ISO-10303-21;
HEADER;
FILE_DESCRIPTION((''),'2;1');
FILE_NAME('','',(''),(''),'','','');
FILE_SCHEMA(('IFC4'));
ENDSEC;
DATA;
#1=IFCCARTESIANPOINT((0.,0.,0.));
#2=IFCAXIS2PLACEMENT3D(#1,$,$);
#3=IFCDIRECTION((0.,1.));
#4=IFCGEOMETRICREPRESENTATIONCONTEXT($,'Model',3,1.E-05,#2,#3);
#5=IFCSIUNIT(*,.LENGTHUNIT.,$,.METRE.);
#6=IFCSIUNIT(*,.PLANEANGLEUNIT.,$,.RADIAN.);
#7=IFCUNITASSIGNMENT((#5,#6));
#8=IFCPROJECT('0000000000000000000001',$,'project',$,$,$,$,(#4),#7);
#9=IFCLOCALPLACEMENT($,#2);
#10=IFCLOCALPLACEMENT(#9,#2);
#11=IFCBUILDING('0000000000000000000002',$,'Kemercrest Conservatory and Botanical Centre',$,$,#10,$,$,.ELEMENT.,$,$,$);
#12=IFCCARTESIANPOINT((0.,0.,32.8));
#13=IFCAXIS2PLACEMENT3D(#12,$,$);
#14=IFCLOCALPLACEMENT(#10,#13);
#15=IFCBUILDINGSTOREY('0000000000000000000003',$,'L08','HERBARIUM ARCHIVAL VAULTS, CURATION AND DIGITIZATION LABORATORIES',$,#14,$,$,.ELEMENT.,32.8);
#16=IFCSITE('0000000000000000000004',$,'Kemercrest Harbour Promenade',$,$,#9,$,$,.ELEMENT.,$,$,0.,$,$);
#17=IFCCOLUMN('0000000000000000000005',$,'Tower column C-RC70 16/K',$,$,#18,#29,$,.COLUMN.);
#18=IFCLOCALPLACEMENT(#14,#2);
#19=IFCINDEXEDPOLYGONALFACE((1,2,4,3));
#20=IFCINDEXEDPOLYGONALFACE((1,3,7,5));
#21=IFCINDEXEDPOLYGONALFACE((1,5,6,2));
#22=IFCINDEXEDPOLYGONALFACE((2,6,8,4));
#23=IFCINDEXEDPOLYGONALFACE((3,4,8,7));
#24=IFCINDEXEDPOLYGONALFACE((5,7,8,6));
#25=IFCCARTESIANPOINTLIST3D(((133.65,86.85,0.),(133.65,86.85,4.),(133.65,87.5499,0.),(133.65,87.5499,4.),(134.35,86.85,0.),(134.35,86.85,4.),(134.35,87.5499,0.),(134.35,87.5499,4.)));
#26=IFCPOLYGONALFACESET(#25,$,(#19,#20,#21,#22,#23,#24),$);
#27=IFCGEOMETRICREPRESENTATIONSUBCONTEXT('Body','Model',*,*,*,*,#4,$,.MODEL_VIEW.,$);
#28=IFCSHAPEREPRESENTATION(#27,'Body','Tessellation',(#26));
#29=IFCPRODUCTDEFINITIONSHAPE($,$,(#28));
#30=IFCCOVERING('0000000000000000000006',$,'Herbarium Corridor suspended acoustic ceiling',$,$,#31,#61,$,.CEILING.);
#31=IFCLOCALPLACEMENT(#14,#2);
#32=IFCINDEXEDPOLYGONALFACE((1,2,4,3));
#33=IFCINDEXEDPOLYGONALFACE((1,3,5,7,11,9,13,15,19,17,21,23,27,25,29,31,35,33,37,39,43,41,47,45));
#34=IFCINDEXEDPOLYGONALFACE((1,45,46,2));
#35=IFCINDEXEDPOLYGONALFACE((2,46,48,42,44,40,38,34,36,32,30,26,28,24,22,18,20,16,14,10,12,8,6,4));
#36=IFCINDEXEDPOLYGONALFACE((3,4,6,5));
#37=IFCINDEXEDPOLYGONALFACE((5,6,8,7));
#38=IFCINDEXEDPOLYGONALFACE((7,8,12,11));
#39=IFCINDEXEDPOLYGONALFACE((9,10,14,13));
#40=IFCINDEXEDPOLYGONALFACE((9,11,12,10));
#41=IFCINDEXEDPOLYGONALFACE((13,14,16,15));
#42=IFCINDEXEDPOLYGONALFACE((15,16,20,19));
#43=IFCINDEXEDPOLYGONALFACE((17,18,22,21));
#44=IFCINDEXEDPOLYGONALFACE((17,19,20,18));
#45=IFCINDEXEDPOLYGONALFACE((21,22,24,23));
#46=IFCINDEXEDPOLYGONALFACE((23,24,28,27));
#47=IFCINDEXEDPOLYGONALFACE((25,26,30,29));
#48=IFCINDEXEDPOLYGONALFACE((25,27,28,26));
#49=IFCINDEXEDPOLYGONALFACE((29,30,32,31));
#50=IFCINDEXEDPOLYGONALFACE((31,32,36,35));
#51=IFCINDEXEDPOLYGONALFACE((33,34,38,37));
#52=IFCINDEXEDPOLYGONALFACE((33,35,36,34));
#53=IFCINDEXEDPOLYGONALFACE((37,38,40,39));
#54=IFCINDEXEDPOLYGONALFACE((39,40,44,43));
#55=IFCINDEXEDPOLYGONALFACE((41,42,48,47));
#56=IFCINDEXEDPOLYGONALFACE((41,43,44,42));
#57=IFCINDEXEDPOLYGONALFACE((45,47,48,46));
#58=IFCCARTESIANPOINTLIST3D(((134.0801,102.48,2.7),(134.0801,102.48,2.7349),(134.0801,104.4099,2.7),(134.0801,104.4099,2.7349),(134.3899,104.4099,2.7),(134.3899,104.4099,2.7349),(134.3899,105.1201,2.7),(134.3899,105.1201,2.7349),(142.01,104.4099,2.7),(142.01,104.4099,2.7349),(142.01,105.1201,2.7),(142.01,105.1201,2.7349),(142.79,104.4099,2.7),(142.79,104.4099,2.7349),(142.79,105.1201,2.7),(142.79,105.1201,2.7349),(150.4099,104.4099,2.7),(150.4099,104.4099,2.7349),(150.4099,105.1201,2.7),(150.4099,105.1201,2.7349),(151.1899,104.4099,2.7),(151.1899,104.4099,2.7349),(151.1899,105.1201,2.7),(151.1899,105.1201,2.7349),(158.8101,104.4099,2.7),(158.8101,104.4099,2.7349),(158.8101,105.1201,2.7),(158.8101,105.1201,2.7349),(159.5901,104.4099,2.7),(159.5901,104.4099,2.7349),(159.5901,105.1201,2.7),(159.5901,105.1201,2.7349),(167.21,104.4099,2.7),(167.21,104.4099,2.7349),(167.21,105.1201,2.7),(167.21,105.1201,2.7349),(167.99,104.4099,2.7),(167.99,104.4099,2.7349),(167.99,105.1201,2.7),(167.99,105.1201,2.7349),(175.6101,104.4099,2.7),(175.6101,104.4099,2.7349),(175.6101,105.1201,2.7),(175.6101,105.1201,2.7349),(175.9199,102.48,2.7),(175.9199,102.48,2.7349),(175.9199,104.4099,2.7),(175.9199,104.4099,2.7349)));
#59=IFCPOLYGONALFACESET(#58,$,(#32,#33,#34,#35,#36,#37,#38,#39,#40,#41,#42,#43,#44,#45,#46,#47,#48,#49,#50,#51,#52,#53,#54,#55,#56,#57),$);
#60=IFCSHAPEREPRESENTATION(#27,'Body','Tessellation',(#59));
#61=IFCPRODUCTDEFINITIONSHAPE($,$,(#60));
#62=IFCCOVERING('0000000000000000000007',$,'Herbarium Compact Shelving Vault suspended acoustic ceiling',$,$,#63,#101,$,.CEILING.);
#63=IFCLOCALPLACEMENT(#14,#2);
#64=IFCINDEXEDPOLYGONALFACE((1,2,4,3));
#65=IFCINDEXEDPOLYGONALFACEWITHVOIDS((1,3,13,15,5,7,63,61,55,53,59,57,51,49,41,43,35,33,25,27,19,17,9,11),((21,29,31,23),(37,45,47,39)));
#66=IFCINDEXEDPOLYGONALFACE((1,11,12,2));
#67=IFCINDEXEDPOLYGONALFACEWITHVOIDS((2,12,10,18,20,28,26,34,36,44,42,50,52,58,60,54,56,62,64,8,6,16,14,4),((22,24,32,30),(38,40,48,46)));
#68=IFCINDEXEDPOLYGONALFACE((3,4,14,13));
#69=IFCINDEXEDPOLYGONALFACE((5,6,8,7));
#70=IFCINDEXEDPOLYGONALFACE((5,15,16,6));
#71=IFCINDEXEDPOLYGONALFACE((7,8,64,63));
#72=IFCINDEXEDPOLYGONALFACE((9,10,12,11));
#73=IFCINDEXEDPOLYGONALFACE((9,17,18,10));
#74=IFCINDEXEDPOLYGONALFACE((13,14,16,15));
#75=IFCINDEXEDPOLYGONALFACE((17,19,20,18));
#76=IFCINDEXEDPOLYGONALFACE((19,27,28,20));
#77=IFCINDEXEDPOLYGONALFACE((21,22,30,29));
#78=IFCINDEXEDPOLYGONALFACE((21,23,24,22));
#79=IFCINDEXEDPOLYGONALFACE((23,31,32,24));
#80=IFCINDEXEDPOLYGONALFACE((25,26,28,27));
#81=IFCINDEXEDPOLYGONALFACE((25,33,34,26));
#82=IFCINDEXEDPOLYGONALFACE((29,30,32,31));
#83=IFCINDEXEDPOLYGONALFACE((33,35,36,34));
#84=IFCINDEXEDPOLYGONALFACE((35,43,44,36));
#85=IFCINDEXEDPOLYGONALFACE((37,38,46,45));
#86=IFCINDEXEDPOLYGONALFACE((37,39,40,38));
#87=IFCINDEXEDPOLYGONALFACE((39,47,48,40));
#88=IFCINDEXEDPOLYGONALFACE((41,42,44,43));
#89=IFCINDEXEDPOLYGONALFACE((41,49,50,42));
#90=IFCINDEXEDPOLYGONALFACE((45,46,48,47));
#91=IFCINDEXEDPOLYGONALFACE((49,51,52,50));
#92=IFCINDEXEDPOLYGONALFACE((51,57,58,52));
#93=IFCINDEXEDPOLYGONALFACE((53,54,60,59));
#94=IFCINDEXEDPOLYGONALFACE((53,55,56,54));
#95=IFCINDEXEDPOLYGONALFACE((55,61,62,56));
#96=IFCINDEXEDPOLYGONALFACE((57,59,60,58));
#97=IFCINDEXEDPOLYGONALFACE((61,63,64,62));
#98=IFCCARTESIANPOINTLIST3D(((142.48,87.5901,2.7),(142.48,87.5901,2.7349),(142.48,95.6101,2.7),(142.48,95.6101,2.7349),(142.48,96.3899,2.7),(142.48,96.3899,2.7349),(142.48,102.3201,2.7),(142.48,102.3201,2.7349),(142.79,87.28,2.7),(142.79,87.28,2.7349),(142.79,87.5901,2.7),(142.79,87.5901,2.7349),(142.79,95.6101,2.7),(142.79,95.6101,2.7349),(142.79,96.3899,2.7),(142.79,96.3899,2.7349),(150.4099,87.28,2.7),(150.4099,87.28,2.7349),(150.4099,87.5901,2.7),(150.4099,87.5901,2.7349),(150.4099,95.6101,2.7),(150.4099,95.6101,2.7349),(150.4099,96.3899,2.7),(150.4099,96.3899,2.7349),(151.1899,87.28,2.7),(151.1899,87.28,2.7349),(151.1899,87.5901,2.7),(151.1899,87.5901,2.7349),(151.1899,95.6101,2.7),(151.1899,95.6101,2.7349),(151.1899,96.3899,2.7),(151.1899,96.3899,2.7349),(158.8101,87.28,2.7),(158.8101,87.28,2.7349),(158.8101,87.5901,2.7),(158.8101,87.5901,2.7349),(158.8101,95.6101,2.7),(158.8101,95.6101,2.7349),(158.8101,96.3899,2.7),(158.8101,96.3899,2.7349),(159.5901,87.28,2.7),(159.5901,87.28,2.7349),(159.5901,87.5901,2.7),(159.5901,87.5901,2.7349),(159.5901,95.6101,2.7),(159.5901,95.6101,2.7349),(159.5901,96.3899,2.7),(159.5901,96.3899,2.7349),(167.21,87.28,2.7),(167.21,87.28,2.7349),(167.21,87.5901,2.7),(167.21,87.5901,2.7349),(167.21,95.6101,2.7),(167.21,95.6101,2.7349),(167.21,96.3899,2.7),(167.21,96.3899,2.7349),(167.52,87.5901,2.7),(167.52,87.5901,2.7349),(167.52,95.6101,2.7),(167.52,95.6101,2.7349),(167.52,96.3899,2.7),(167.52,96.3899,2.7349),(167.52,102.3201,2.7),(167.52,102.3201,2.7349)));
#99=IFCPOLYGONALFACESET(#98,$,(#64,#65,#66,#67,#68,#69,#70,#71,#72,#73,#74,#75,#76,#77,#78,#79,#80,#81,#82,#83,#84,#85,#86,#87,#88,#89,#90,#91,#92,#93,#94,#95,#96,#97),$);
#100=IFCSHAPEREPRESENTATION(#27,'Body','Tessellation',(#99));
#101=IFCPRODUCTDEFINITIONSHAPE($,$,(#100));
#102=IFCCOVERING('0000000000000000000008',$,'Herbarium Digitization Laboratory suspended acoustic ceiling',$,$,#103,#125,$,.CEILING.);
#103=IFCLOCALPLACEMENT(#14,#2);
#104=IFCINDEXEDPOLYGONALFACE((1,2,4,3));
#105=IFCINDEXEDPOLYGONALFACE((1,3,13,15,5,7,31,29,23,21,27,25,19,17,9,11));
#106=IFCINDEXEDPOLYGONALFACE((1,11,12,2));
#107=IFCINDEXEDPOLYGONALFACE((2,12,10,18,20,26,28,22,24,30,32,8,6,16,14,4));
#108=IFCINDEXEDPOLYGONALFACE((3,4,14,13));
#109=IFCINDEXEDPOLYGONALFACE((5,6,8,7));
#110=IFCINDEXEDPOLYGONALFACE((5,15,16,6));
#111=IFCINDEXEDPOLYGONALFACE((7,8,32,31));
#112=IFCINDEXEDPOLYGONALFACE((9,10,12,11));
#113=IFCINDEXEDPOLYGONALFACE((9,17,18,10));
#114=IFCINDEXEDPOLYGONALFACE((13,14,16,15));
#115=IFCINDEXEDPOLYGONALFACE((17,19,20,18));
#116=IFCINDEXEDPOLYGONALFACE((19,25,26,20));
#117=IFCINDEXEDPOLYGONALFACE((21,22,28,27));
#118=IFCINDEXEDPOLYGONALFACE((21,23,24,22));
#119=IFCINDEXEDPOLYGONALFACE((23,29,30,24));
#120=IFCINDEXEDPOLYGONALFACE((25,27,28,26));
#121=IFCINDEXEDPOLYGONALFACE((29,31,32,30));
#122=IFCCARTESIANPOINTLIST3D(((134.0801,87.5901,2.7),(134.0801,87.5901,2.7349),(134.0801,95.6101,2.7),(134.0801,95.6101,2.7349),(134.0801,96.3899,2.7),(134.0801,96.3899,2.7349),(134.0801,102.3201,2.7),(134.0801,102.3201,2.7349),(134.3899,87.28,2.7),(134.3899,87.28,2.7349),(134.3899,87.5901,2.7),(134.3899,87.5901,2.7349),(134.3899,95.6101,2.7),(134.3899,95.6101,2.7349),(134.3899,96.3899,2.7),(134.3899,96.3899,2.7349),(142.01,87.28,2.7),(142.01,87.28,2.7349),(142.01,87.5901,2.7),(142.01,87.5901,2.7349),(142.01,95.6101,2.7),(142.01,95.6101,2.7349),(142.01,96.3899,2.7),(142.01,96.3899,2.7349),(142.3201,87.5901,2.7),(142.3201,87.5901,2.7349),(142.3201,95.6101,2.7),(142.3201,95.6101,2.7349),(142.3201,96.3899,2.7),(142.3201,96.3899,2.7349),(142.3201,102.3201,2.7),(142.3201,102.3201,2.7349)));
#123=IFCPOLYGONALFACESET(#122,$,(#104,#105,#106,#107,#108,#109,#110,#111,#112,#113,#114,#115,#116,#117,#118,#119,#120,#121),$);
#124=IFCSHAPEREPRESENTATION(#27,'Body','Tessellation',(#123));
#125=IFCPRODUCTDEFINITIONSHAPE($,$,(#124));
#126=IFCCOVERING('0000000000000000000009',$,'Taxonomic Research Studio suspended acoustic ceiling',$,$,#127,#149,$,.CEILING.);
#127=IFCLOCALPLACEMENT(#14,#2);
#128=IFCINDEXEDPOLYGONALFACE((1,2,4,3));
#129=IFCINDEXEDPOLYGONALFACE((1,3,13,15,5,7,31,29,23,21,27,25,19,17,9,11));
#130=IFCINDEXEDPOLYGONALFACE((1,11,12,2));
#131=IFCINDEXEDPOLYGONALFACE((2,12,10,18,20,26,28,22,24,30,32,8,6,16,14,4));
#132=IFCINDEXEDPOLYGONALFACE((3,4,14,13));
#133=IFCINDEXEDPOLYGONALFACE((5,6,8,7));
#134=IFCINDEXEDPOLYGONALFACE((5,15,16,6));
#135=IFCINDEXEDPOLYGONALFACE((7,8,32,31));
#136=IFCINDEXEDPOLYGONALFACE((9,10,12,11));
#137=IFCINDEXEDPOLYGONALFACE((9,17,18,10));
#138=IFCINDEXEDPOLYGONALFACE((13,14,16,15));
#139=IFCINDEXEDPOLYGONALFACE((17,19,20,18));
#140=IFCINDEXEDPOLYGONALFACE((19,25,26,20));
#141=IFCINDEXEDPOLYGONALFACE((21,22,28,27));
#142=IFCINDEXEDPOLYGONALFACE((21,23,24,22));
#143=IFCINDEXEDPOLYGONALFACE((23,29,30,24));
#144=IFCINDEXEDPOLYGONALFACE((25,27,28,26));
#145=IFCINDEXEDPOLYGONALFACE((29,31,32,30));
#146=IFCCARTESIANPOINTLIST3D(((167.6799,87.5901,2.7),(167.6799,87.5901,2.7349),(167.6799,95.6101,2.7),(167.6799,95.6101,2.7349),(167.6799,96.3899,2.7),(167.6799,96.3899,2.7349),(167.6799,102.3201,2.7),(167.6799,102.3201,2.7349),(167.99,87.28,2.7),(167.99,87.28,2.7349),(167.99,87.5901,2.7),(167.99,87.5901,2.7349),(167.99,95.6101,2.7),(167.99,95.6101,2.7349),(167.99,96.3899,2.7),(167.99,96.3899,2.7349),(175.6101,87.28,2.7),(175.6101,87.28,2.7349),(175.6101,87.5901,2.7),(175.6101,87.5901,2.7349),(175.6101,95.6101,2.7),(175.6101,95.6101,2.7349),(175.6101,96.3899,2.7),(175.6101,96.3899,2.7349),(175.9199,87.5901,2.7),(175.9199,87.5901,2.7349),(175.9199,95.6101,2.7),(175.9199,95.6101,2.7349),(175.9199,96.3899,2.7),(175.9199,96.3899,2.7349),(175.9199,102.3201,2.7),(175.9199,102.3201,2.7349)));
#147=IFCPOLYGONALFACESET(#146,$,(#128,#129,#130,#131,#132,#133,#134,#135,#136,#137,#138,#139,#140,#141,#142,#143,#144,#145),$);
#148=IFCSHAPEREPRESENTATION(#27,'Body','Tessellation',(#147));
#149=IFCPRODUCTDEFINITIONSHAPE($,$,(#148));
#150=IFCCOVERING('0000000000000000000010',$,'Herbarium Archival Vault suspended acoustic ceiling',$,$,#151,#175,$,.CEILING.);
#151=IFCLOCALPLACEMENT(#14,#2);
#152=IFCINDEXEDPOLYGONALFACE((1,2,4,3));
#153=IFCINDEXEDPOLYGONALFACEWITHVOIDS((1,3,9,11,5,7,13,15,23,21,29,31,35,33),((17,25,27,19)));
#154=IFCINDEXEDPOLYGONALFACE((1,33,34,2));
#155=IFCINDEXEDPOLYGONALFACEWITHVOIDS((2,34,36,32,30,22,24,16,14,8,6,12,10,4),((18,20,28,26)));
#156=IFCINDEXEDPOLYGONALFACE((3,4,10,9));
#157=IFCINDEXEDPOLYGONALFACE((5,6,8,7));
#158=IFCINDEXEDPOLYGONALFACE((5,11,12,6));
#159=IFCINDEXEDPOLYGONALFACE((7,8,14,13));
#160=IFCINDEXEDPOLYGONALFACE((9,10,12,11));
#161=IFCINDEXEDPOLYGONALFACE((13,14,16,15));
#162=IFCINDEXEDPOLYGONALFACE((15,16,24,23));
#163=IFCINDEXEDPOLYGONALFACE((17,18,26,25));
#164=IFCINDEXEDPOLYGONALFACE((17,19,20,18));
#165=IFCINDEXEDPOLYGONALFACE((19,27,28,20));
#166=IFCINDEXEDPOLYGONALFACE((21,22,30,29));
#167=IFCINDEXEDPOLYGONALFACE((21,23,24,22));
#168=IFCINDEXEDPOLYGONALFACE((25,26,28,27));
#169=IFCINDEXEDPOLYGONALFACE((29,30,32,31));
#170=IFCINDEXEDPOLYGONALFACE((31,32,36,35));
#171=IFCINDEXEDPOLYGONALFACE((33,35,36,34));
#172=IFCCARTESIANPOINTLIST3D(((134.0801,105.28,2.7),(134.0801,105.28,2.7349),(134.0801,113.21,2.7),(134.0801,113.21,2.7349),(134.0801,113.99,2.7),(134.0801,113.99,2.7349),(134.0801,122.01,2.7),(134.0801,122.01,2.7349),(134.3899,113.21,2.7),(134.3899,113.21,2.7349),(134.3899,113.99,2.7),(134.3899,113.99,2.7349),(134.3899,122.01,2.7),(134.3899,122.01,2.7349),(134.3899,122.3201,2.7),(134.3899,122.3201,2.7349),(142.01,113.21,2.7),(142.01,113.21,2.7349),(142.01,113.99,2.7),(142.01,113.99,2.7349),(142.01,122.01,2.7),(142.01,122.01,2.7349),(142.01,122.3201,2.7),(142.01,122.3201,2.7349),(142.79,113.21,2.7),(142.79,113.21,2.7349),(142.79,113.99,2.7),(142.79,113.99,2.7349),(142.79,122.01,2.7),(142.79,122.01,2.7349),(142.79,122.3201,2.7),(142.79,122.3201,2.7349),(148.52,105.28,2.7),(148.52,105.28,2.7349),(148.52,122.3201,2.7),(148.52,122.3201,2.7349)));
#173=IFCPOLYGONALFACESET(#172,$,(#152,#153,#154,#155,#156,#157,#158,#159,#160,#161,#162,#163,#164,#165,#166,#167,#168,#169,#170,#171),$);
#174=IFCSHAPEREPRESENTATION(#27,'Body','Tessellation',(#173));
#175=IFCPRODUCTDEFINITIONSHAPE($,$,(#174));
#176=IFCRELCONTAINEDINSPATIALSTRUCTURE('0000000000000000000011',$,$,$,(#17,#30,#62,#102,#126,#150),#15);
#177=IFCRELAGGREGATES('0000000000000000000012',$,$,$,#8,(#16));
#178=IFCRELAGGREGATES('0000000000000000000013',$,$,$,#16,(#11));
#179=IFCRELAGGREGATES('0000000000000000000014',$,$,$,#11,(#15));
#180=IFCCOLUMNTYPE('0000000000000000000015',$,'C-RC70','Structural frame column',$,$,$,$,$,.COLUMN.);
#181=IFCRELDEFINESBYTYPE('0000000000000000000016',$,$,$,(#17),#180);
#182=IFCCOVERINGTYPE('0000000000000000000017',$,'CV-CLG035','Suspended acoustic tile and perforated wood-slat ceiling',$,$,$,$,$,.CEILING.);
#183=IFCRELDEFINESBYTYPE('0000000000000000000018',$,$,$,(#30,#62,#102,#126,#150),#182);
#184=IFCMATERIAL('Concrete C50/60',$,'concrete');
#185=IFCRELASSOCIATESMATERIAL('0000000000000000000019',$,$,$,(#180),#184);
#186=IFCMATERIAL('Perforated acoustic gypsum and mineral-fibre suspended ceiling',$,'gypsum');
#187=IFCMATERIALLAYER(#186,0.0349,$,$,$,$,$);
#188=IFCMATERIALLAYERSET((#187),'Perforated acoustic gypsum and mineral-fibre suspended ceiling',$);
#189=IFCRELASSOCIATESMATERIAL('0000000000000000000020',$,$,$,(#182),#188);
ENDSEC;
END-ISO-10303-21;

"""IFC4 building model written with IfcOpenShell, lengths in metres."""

from ifc_helpers import new_model, si_unit, direction, frame, origin, origin_2d, place, context, subcontext, project, spatial, polyline, rectangle, outline, extrude, material, layer, layer_set, material_profile, profile_set, type_object, element, save


model = new_model("IFC4")

# Units and contexts
model_context = context("Model", 3, precision=1e-05, world=origin(), true_north=direction((0.0, 1.0)))
body_context = subcontext(model_context, "Body", "Model", "MODEL_VIEW")
ifc_project = project(units=[si_unit("LENGTHUNIT", "METRE"), si_unit("PLANEANGLEUNIT", "RADIAN")], contexts=[model_context])

# Site, building, storey
site_placement = place(None, origin())
site = spatial("IfcSite", under=ifc_project, at=site_placement, Name="Kemercrest Harbour Promenade", CompositionType="ELEMENT", RefElevation=0.0)
building_placement = place(site_placement, origin())
building = spatial("IfcBuilding", under=site, at=building_placement, Name="Kemercrest Conservatory and Botanical Centre", CompositionType="ELEMENT")
storey_placement = place(building_placement, frame((0.0, 0.0, 32.8)))
storey = spatial("IfcBuildingStorey", under=building, at=storey_placement, Name="L08", Description="HERBARIUM ARCHIVAL VAULTS, CURATION AND DIGITIZATION LABORATORIES", CompositionType="ELEMENT", Elevation=32.8)

# Column
ifc_material_1 = material(Name="Concrete C50/60", Category="concrete")
ifc_material_profile = material_profile(ifc_material_1, rectangle(XDim=0.7, YDim=0.7, at=origin_2d()), Name="RC 700x700")
ifc_profile_set = profile_set([ifc_material_profile], Name="Concrete C50/60")
column_type = type_object("IfcColumnType", Name="C-RC70", Description="Structural frame column", PredefinedType="COLUMN", material=ifc_profile_set)
column_placement = place(storey_placement, frame((134.0, 87.2, 0.0), z_axis=(0.0, 0.0, 1.0), x_axis=(1.0, 0.0, 0.0)))
element("IfcColumn", 1, at=column_placement, inside=storey, type_object=column_type, Name="Tower column C-RC70 16/K", PredefinedType="COLUMN", context=body_context, shape_type="SweptSolid", body=[
    extrude(rectangle(XDim=0.7, YDim=0.7, at=origin_2d()), origin(), (0.0, 0.0, 1.0), 4.0),
])

# Coverings
ifc_material_2 = material(Name="Perforated acoustic gypsum and mineral-fibre suspended ceiling", Category="gypsum")
ifc_layer_1 = layer(ifc_material_2, 0.0349)
ifc_layer_set_1 = layer_set([ifc_layer_1], Name="Perforated acoustic gypsum and mineral-fibre suspended ceiling")
covering_type_1 = type_object("IfcCoveringType", Name="CV-CLG035", Description="Suspended acoustic tile and perforated wood-slat ceiling", PredefinedType="CEILING", material=ifc_layer_set_1)
covering_1_placement = place(storey_placement, frame((0.0, 0.0, 2.7)))
element("IfcCovering", 2, at=covering_1_placement, inside=storey, type_object=covering_type_1, Name="Herbarium Corridor suspended acoustic ceiling", PredefinedType="CEILING", context=body_context, shape_type="SweptSolid", body=[
    extrude(outline(polyline([(134.0801, 102.48), (175.9199, 102.48), (175.9199, 104.4099), (175.6101, 104.4099), (175.6101, 105.1201), (167.99, 105.1201), (167.99, 104.4099), (167.21, 104.4099), (167.21, 105.1201), (159.5901, 105.1201), (159.5901, 104.4099), (158.8101, 104.4099), (158.8101, 105.1201), (151.1899, 105.1201), (151.1899, 104.4099), (150.4099, 104.4099), (150.4099, 105.1201), (142.79, 105.1201), (142.79, 104.4099), (142.01, 104.4099), (142.01, 105.1201), (134.3899, 105.1201), (134.3899, 104.4099), (134.0801, 104.4099), (134.0801, 102.48)])), origin(), (0.0, 0.0, 1.0), 0.0349),
])
covering_2_placement = place(storey_placement, frame((0.0, 0.0, 2.7)))
element("IfcCovering", 3, at=covering_2_placement, inside=storey, type_object=covering_type_1, Name="Herbarium Compact Shelving Vault suspended acoustic ceiling", PredefinedType="CEILING", context=body_context, shape_type="SweptSolid", body=[
    extrude(outline(polyline([(158.8101, 87.5901), (159.5901, 87.5901), (159.5901, 87.28), (167.21, 87.28), (167.21, 87.5901), (167.52, 87.5901), (167.52, 95.6101), (167.21, 95.6101), (167.21, 96.3899), (167.52, 96.3899), (167.52, 102.3201), (142.48, 102.3201), (142.48, 96.3899), (142.79, 96.3899), (142.79, 95.6101), (142.48, 95.6101), (142.48, 87.5901), (142.79, 87.5901), (142.79, 87.28), (150.4099, 87.28), (150.4099, 87.5901), (151.1899, 87.5901), (151.1899, 87.28), (158.8101, 87.28), (158.8101, 87.5901)]), holes=[polyline([(158.8101, 96.3899), (159.5901, 96.3899), (159.5901, 95.6101), (158.8101, 95.6101), (158.8101, 96.3899)]), polyline([(150.4099, 96.3899), (151.1899, 96.3899), (151.1899, 95.6101), (150.4099, 95.6101), (150.4099, 96.3899)])]), origin(), (0.0, 0.0, 1.0), 0.0349),
])
covering_3_placement = place(storey_placement, frame((0.0, 0.0, 2.7)))
element("IfcCovering", 4, at=covering_3_placement, inside=storey, type_object=covering_type_1, Name="Herbarium Digitization Laboratory suspended acoustic ceiling", PredefinedType="CEILING", context=body_context, shape_type="SweptSolid", body=[
    extrude(outline(polyline([(134.3899, 87.28), (142.01, 87.28), (142.01, 87.5901), (142.3201, 87.5901), (142.3201, 95.6101), (142.01, 95.6101), (142.01, 96.3899), (142.3201, 96.3899), (142.3201, 102.3201), (134.0801, 102.3201), (134.0801, 96.3899), (134.3899, 96.3899), (134.3899, 95.6101), (134.0801, 95.6101), (134.0801, 87.5901), (134.3899, 87.5901), (134.3899, 87.28)])), origin(), (0.0, 0.0, 1.0), 0.0349),
])
covering_4_placement = place(storey_placement, frame((0.0, 0.0, 2.7)))
element("IfcCovering", 5, at=covering_4_placement, inside=storey, type_object=covering_type_1, Name="Taxonomic Research Studio suspended acoustic ceiling", PredefinedType="CEILING", context=body_context, shape_type="SweptSolid", body=[
    extrude(outline(polyline([(167.99, 87.28), (175.6101, 87.28), (175.6101, 87.5901), (175.9199, 87.5901), (175.9199, 95.6101), (175.6101, 95.6101), (175.6101, 96.3899), (175.9199, 96.3899), (175.9199, 102.3201), (167.6799, 102.3201), (167.6799, 96.3899), (167.99, 96.3899), (167.99, 95.6101), (167.6799, 95.6101), (167.6799, 87.5901), (167.99, 87.5901), (167.99, 87.28)])), origin(), (0.0, 0.0, 1.0), 0.0349),
])
covering_5_placement = place(storey_placement, frame((0.0, 0.0, 2.7)))
element("IfcCovering", 6, at=covering_5_placement, inside=storey, type_object=covering_type_1, Name="Herbarium Archival Vault suspended acoustic ceiling", PredefinedType="CEILING", context=body_context, shape_type="SweptSolid", body=[
    extrude(outline(polyline([(134.3899, 113.21), (134.0801, 113.21), (134.0801, 105.28), (148.52, 105.28), (148.52, 122.3201), (142.79, 122.3201), (142.79, 122.01), (142.01, 122.01), (142.01, 122.3201), (134.3899, 122.3201), (134.3899, 122.01), (134.0801, 122.01), (134.0801, 113.99), (134.3899, 113.99), (134.3899, 113.21)]), holes=[polyline([(142.01, 113.99), (142.79, 113.99), (142.79, 113.21), (142.01, 113.21), (142.01, 113.99)])]), origin(), (0.0, 0.0, 1.0), 0.0349),
])

save(model, "model.ifc")
